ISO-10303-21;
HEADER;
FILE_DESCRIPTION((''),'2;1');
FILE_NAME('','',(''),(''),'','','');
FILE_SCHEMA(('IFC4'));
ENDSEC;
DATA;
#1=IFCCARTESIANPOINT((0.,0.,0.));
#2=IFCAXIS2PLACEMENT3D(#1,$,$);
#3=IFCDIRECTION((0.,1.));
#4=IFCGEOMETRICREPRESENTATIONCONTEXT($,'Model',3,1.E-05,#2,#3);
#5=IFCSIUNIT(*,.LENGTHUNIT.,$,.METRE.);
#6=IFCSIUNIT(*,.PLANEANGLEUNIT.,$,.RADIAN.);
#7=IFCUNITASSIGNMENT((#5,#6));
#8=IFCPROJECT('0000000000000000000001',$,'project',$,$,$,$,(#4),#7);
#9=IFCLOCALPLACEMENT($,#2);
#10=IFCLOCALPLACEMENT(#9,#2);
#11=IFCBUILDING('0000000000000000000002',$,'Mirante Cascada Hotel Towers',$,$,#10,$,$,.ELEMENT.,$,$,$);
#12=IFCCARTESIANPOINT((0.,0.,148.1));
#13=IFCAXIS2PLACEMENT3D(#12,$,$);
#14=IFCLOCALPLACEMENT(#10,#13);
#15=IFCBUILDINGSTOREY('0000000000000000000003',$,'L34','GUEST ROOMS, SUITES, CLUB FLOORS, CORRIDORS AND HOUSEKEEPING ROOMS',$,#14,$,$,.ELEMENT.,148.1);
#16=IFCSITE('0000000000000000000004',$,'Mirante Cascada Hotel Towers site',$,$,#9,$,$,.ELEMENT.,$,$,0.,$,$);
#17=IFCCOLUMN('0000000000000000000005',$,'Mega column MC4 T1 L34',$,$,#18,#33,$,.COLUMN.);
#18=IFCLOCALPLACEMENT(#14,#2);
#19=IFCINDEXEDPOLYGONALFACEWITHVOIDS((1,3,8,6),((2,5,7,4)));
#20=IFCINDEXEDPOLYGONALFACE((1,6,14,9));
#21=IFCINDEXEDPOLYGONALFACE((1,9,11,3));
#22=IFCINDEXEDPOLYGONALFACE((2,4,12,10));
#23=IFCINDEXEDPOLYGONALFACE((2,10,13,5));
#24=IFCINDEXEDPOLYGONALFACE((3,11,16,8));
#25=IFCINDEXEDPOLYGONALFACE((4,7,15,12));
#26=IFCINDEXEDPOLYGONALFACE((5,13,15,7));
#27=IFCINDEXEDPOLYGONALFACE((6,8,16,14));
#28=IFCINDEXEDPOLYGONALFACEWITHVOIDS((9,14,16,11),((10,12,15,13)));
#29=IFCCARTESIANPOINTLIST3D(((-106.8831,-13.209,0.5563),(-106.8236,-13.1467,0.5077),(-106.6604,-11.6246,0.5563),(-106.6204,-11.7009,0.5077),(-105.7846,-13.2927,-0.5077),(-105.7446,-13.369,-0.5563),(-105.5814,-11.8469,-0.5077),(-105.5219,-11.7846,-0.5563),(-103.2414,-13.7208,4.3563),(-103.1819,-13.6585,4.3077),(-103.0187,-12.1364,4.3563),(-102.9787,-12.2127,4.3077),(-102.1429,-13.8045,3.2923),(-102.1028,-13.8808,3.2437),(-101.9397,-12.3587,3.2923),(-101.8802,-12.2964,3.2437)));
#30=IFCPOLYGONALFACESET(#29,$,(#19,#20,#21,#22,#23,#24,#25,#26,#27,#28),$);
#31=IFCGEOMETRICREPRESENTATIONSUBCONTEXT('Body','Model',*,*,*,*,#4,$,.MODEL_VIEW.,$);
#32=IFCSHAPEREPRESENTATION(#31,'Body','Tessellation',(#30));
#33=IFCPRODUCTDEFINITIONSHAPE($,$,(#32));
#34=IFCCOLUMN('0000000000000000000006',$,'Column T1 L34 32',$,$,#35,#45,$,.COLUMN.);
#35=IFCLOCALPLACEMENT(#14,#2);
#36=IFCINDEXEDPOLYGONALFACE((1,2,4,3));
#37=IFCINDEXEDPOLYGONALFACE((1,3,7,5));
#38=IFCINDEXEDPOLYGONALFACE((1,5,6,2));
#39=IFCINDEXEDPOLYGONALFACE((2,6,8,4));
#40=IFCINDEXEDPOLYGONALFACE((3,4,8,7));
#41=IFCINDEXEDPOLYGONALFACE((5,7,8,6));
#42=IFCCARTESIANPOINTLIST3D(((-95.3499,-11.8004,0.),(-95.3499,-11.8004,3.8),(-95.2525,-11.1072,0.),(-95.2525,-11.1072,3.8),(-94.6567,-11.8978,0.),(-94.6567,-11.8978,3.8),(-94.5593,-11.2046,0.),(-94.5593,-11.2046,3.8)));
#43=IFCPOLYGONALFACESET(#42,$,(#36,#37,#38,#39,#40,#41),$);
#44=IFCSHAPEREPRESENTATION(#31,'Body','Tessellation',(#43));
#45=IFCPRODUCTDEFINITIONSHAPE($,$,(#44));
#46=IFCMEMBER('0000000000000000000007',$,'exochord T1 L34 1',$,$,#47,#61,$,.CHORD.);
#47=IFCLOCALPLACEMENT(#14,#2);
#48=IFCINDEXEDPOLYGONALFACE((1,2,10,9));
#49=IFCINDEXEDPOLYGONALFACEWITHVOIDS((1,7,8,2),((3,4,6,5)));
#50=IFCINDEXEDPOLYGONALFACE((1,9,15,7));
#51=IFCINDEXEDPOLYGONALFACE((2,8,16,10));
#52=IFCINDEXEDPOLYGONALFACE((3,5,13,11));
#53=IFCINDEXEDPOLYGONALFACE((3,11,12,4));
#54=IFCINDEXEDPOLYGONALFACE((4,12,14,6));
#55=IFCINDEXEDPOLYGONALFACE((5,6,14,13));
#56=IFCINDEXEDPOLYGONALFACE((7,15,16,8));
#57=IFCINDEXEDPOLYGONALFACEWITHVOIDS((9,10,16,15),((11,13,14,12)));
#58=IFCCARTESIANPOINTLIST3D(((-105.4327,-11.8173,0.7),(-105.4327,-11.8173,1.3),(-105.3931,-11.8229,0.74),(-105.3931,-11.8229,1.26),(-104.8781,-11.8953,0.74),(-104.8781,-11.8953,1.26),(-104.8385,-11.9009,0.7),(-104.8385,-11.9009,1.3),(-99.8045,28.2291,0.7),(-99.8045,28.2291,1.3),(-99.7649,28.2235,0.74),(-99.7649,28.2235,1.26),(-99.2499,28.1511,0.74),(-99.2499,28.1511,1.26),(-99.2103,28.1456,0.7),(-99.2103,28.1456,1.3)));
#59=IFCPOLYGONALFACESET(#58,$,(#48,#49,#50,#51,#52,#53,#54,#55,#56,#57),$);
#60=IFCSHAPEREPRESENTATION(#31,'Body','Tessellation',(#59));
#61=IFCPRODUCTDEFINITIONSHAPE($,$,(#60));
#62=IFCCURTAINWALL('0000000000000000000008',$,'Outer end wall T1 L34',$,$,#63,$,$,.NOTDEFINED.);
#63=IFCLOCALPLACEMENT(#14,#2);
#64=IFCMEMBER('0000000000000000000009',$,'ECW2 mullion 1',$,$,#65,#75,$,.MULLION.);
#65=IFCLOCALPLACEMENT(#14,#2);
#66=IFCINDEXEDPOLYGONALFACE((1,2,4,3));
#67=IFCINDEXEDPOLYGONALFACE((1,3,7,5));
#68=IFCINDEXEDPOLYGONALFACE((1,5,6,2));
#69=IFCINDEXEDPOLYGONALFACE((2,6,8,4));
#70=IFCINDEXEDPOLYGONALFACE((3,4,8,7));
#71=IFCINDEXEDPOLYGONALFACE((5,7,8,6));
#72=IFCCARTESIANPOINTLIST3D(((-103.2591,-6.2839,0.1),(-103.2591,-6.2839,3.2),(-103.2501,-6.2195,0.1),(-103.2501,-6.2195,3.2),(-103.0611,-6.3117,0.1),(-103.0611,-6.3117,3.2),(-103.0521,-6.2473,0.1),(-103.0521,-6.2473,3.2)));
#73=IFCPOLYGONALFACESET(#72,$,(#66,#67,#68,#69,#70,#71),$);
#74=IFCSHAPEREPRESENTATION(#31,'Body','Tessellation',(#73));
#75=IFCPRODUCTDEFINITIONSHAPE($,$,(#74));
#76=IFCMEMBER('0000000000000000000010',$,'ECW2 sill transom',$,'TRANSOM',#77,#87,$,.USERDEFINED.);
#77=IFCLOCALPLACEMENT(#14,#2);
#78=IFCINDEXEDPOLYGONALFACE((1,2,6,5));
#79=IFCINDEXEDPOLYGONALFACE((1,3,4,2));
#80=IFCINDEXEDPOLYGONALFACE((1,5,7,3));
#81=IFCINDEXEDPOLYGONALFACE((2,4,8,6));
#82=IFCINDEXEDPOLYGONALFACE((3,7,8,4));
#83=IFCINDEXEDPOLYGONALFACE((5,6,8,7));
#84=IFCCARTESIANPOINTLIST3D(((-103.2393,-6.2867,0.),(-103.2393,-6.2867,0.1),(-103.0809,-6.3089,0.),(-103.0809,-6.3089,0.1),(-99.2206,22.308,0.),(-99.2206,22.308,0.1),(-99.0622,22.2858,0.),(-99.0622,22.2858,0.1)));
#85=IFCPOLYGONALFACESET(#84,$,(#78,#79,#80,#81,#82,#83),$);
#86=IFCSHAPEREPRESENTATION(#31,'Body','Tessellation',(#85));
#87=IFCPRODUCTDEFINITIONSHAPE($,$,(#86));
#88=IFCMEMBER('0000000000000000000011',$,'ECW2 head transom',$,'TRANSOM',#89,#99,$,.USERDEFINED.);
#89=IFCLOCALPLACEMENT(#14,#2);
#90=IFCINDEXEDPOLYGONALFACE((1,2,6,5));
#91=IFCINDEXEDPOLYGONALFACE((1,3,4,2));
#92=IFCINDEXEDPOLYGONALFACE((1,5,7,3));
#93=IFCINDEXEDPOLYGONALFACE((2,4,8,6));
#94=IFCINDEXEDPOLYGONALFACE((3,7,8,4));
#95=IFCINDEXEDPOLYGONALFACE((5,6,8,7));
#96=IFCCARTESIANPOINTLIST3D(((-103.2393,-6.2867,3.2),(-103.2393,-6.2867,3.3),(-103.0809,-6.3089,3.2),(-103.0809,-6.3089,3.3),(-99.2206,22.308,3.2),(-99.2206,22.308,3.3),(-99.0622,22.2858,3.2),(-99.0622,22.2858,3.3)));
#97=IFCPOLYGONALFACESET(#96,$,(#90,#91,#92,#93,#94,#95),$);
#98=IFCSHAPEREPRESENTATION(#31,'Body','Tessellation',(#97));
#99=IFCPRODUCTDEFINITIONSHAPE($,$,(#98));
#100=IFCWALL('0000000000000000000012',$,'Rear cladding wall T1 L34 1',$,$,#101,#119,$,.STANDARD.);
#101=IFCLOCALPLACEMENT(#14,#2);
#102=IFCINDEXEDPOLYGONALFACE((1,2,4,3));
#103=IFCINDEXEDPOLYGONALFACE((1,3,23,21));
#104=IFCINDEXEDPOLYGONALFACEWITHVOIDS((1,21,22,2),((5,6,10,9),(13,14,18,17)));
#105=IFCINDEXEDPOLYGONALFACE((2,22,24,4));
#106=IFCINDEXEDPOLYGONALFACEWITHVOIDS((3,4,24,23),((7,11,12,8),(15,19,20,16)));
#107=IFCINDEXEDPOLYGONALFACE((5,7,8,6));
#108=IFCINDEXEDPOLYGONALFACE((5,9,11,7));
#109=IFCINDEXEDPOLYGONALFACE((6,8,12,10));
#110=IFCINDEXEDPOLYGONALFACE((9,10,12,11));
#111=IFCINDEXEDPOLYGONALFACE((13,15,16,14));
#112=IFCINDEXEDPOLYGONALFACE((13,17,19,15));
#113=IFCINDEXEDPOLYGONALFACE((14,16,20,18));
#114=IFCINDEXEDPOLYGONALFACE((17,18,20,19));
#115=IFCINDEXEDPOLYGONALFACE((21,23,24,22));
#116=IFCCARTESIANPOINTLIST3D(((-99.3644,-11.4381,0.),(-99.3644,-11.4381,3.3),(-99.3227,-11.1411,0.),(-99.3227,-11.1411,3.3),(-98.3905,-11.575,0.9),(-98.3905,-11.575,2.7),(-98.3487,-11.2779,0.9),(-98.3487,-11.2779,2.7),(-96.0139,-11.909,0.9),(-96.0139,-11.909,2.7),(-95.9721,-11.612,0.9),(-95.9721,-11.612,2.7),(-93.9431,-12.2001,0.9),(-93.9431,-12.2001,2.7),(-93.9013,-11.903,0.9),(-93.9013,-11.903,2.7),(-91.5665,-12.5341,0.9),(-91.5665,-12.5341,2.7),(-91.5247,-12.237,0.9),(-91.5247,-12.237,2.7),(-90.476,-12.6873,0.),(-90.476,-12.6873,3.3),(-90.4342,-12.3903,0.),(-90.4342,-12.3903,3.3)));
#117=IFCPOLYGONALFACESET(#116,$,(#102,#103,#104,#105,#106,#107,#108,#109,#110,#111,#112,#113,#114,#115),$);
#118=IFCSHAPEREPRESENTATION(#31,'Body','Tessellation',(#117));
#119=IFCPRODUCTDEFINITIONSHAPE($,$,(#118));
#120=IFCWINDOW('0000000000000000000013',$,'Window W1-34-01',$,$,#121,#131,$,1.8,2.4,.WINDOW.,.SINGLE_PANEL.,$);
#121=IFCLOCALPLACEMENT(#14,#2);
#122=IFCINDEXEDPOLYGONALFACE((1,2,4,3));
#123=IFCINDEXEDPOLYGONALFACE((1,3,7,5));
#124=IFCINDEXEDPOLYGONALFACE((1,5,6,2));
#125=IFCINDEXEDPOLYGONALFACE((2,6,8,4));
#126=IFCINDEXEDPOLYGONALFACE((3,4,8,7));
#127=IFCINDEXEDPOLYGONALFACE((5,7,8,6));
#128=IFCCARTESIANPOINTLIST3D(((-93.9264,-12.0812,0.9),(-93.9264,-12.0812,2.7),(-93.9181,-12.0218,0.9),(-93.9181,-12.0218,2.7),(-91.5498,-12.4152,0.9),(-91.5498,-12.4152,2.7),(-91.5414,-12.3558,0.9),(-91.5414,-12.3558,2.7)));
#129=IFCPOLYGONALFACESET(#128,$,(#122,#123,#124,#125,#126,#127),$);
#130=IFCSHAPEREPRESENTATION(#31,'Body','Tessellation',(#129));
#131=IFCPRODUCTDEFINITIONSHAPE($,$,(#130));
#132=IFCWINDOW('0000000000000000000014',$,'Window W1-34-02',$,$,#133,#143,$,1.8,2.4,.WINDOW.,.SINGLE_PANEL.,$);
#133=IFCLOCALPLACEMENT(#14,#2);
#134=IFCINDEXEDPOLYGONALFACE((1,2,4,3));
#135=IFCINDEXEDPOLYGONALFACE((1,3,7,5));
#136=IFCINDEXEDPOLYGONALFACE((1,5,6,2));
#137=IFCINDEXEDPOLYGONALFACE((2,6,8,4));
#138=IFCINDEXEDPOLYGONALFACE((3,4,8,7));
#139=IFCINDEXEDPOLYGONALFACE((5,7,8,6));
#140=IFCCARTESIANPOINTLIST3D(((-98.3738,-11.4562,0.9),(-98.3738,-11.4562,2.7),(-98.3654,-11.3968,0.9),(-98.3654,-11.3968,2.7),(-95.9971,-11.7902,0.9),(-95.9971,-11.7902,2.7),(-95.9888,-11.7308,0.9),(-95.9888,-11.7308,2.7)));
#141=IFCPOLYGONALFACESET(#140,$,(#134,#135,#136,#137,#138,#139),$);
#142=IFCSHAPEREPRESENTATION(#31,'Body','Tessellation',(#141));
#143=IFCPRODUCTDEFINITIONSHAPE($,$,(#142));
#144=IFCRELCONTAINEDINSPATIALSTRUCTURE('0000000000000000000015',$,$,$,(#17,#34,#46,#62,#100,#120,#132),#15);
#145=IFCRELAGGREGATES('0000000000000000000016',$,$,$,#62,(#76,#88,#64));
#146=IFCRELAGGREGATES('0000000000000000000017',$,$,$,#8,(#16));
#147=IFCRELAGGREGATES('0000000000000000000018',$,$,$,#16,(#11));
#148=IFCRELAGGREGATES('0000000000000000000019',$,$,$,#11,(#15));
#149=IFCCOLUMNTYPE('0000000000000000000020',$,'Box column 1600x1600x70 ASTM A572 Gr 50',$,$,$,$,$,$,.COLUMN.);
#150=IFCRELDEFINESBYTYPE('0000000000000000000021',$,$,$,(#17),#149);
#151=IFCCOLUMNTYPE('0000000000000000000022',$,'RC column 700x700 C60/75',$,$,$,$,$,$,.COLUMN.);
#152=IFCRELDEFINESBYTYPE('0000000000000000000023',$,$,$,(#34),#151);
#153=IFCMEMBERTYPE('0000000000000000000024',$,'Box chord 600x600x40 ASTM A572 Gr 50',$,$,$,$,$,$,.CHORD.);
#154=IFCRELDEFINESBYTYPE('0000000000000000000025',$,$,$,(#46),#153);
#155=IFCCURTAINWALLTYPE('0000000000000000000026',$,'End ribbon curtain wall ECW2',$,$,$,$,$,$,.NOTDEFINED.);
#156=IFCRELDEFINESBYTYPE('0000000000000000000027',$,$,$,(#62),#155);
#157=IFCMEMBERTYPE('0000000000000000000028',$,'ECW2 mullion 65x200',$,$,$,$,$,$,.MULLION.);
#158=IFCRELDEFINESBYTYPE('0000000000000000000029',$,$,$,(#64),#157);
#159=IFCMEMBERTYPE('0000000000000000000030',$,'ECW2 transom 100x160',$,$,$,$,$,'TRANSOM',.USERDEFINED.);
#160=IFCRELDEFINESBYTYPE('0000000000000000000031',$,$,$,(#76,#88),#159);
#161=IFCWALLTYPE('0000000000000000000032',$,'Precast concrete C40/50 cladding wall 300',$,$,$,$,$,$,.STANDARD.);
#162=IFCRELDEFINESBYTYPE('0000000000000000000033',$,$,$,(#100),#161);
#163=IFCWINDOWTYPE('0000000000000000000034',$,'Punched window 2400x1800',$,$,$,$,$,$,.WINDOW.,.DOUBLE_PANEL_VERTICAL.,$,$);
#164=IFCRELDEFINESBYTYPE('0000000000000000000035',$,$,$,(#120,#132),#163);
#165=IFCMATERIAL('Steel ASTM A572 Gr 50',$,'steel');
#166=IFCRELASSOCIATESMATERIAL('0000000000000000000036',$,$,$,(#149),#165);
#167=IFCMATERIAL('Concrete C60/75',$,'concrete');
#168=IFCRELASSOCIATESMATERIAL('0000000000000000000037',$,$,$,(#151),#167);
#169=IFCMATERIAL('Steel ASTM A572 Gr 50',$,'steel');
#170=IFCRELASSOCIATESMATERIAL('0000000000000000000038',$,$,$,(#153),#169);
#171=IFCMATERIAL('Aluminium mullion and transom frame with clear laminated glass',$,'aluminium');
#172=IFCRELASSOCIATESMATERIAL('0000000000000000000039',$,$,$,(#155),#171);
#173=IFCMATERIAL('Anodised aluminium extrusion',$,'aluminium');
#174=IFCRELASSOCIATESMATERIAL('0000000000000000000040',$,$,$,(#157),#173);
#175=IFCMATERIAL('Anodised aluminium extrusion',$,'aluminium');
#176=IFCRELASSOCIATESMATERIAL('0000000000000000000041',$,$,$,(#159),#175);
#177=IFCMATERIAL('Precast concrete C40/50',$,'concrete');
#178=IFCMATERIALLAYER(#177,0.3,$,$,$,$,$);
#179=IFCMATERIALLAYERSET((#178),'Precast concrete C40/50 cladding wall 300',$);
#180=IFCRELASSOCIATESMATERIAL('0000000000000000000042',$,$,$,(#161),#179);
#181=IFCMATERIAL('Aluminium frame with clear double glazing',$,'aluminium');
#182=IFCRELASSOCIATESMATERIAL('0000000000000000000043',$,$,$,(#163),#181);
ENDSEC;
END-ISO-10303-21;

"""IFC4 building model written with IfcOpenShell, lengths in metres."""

from ifc_helpers import new_model, si_unit, direction, frame, frame_2d, origin, origin_2d, place, context, subcontext, project, spatial, rectangle, hollow_rectangle, extrude, material, layer, layer_set, material_profile, profile_set, type_object, element, fill, aggregate, save


model = new_model("IFC4")

# Units and contexts
model_context = context("Model", 3, precision=1e-05, world=origin(), true_north=direction((0.0, 1.0)))
body_context = subcontext(model_context, "Body", "Model", "MODEL_VIEW")
ifc_project = project(units=[si_unit("LENGTHUNIT", "METRE"), si_unit("PLANEANGLEUNIT", "RADIAN")], contexts=[model_context])

# Site, building, storey
site_placement = place(None, origin())
site = spatial("IfcSite", under=ifc_project, at=site_placement, Name="Mirante Cascada Hotel Towers site", CompositionType="ELEMENT", RefElevation=0.0)
building_placement = place(site_placement, origin())
building = spatial("IfcBuilding", under=site, at=building_placement, Name="Mirante Cascada Hotel Towers", CompositionType="ELEMENT")
storey_placement = place(building_placement, frame((0.0, 0.0, 148.1)))
storey = spatial("IfcBuildingStorey", under=building, at=storey_placement, Name="L34", Description="GUEST ROOMS, SUITES, CLUB FLOORS, CORRIDORS AND HOUSEKEEPING ROOMS", CompositionType="ELEMENT", Elevation=148.1)

# Columns
ifc_material_1 = material(Name="Steel ASTM A572 Gr 50", Category="steel")
ifc_material_profile_1 = material_profile(ifc_material_1, hollow_rectangle(XDim=1.6, YDim=1.6, WallThickness=0.07, at=origin_2d()), Name="Box column 1600x1600x70 ASTM A572 Gr 50")
ifc_profile_set_1 = profile_set([ifc_material_profile_1], Name="Steel ASTM A572 Gr 50")
column_type_1 = type_object("IfcColumnType", Name="Box column 1600x1600x70 ASTM A572 Gr 50", PredefinedType="COLUMN", material=ifc_profile_set_1)
column_1_placement = place(storey_placement, frame((-106.2025, -12.4968, 0.0), z_axis=(0.688661, -0.096783, 0.718596), x_axis=(0.139171, 0.990268, 0.0)))
element("IfcColumn", 1, at=column_1_placement, inside=storey, type_object=column_type_1, Name="Mega column MC4 T1 L34", PredefinedType="COLUMN", context=body_context, shape_type="SweptSolid", body=[
    extrude(hollow_rectangle(XDim=1.6, YDim=1.6, WallThickness=0.07, at=origin_2d()), origin(), (0.0, 0.0, 1.0), 5.2881),
])
ifc_material_2 = material(Name="Concrete C60/75", Category="concrete")
ifc_material_profile_2 = material_profile(ifc_material_2, rectangle(XDim=0.7, YDim=0.7, at=origin_2d()), Name="RC column 700x700 C60/75")
ifc_profile_set_2 = profile_set([ifc_material_profile_2], Name="Concrete C60/75")
column_type_2 = type_object("IfcColumnType", Name="RC column 700x700 C60/75", PredefinedType="COLUMN", material=ifc_profile_set_2)
column_2_placement = place(storey_placement, frame((-94.9546, -11.5025, 0.0), z_axis=(0.0, 0.0, 1.0), x_axis=(-0.990268, 0.139173, 0.0)))
element("IfcColumn", 2, at=column_2_placement, inside=storey, type_object=column_type_2, Name="Column T1 L34 32", PredefinedType="COLUMN", context=body_context, shape_type="SweptSolid", body=[
    extrude(rectangle(XDim=0.7, YDim=0.7, at=origin_2d()), origin(), (0.0, 0.0, 1.0), 3.8),
])

# Member
ifc_material_3 = material(Name="Steel ASTM A572 Gr 50", Category="steel")
ifc_material_profile_3 = material_profile(ifc_material_3, hollow_rectangle(XDim=0.6, YDim=0.6, WallThickness=0.04, at=origin_2d()), Name="Box chord 600x600x40 ASTM A572 Gr 50")
ifc_profile_set_3 = profile_set([ifc_material_profile_3], Name="Steel ASTM A572 Gr 50")
member_type_1 = type_object("IfcMemberType", Name="Box chord 600x600x40 ASTM A572 Gr 50", PredefinedType="CHORD", material=ifc_profile_set_3)
member_1_placement = place(storey_placement, frame((-105.1356, -11.8591, 1.0), z_axis=(0.139174, 0.990268, 0.0), x_axis=(-0.990268, 0.139174, 0.0)))
element("IfcMember", 3, at=member_1_placement, inside=storey, type_object=member_type_1, Name="exochord T1 L34 1", PredefinedType="CHORD", context=body_context, shape_type="SweptSolid", body=[
    extrude(hollow_rectangle(XDim=0.6, YDim=0.6, WallThickness=0.04, at=origin_2d()), origin(), (0.0, 0.0, 1.0), 40.44),
])

# Curtain wall, members
ifc_material_4 = material(Name="Aluminium mullion and transom frame with clear laminated glass", Category="aluminium")
curtain_wall_type = type_object("IfcCurtainWallType", Name="End ribbon curtain wall ECW2", PredefinedType="NOTDEFINED", material=ifc_material_4)
curtain_wall_placement = place(storey_placement, origin())
curtain_wall = element("IfcCurtainWall", 4, at=curtain_wall_placement, inside=storey, type_object=curtain_wall_type, Name="Outer end wall T1 L34", PredefinedType="NOTDEFINED")
ifc_material_5 = material(Name="Anodised aluminium extrusion", Category="aluminium")
ifc_material_profile_4 = material_profile(ifc_material_5, rectangle(XDim=0.2, YDim=0.065, at=origin_2d()), Name="ECW2 MULLION 65x200")
ifc_profile_set_4 = profile_set([ifc_material_profile_4], Name="Anodised aluminium extrusion")
member_type_2 = type_object("IfcMemberType", Name="ECW2 mullion 65x200", PredefinedType="MULLION", material=ifc_profile_set_4)
member_2_placement = place(storey_placement, frame((-103.1556, -6.2656, 0.1), z_axis=(0.0, 0.0, 1.0), x_axis=(-0.990268, 0.139173, 0.0)))
member_2 = element("IfcMember", 5, at=member_2_placement, type_object=member_type_2, Name="ECW2 mullion 1", PredefinedType="MULLION", context=body_context, shape_type="SweptSolid", body=[
    extrude(rectangle(XDim=0.2, YDim=0.065, at=origin_2d()), origin(), (0.0, 0.0, 1.0), 3.1),
])
ifc_material_6 = material(Name="Anodised aluminium extrusion", Category="aluminium")
ifc_material_profile_5 = material_profile(ifc_material_6, rectangle(XDim=0.16, YDim=0.1, at=origin_2d()), Name="ECW2 TRANSOM 100x160")
ifc_profile_set_5 = profile_set([ifc_material_profile_5], Name="Anodised aluminium extrusion")
member_type_3 = type_object("IfcMemberType", Name="ECW2 transom 100x160", ElementType="TRANSOM", PredefinedType="USERDEFINED", material=ifc_profile_set_5)
member_3_placement = place(storey_placement, frame((-103.1601, -6.2978, 0.05), z_axis=(0.139172, 0.990268, 0.0), x_axis=(-0.990268, 0.139172, 0.0)))
member_3 = element("IfcMember", 6, at=member_3_placement, type_object=member_type_3, Name="ECW2 sill transom", ObjectType="TRANSOM", PredefinedType="USERDEFINED", context=body_context, shape_type="SweptSolid", body=[
    extrude(rectangle(XDim=0.16, YDim=0.1, at=origin_2d()), origin(), (0.0, 0.0, 1.0), 28.8757),
])
member_4_placement = place(storey_placement, frame((-103.1601, -6.2978, 3.25), z_axis=(0.139172, 0.990268, 0.0), x_axis=(-0.990268, 0.139172, 0.0)))
member_4 = element("IfcMember", 7, at=member_4_placement, type_object=member_type_3, Name="ECW2 head transom", ObjectType="TRANSOM", PredefinedType="USERDEFINED", context=body_context, shape_type="SweptSolid", body=[
    extrude(rectangle(XDim=0.16, YDim=0.1, at=origin_2d()), origin(), (0.0, 0.0, 1.0), 28.8757),
])
aggregate(curtain_wall, [member_3, member_4, member_2])

# Wall, openings, windows
ifc_material_7 = material(Name="Precast concrete C40/50", Category="concrete")
ifc_layer_1 = layer(ifc_material_7, 0.3)
ifc_layer_set_1 = layer_set([ifc_layer_1], Name="Precast concrete C40/50 cladding wall 300")
wall_type_1 = type_object("IfcWallType", Name="Precast concrete C40/50 cladding wall 300", PredefinedType="STANDARD", material=ifc_layer_set_1)
wall_1_placement = place(storey_placement, frame((-90.4551, -12.5388, 0.0), z_axis=(0.0, 0.0, 1.0), x_axis=(-0.990268, 0.139175, 0.0)))
wall_1 = element("IfcWall", 8, at=wall_1_placement, inside=storey, type_object=wall_type_1, Name="Rear cladding wall T1 L34 1", PredefinedType="STANDARD", context=body_context, shape_type="SweptSolid", body=[
    extrude(rectangle(XDim=8.9758, YDim=0.3, at=frame_2d((4.4879, 0.0))), origin(), (0.0, 0.0, 1.0), 3.3),
])
opening_1_placement = place(wall_1_placement, frame((1.1012, 0.0, 0.9)))
opening_1 = element("IfcOpeningElement", 9, at=opening_1_placement, cuts=wall_1, PredefinedType="OPENING", context=body_context, shape_type="SweptSolid", body=[
    extrude(rectangle(XDim=2.4, YDim=1.8, at=frame_2d((1.2, 0.9))), frame((0.0, 0.15, 0.0), z_axis=(0.0, -1.0, 0.0), x_axis=(1.0, 0.0, 0.0)), (0.0, 0.0, 1.0), 0.3),
])
opening_2_placement = place(wall_1_placement, frame((5.5923, 0.0, 0.9)))
opening_2 = element("IfcOpeningElement", 10, at=opening_2_placement, cuts=wall_1, PredefinedType="OPENING", context=body_context, shape_type="SweptSolid", body=[
    extrude(rectangle(XDim=2.4, YDim=1.8, at=frame_2d((1.2, 0.9))), frame((0.0, 0.15, 0.0), z_axis=(0.0, -1.0, 0.0), x_axis=(1.0, 0.0, 0.0)), (0.0, 0.0, 1.0), 0.3),
])
ifc_material_8 = material(Name="Aluminium frame with clear double glazing", Category="aluminium")
window_type_1 = type_object("IfcWindowType", Name="Punched window 2400x1800", PartitioningType="DOUBLE_PANEL_VERTICAL", PredefinedType="WINDOW", material=ifc_material_8)
window_1_placement = place(opening_1_placement, origin())
window_1 = element("IfcWindow", 11, at=window_1_placement, inside=storey, type_object=window_type_1, Name="Window W1-34-01", OverallHeight=1.8, OverallWidth=2.4, PartitioningType="SINGLE_PANEL", PredefinedType="WINDOW", context=body_context, shape_type="SweptSolid", body=[
    extrude(rectangle(XDim=2.4, YDim=1.8, at=frame_2d((1.2, 0.9))), frame((0.0, 0.03, 0.0), z_axis=(0.0, -1.0, 0.0), x_axis=(1.0, 0.0, 0.0)), (0.0, 0.0, 1.0), 0.06),
])
fill(opening_1, window_1)
window_2_placement = place(opening_2_placement, origin())
window_2 = element("IfcWindow", 12, at=window_2_placement, inside=storey, type_object=window_type_1, Name="Window W1-34-02", OverallHeight=1.8, OverallWidth=2.4, PartitioningType="SINGLE_PANEL", PredefinedType="WINDOW", context=body_context, shape_type="SweptSolid", body=[
    extrude(rectangle(XDim=2.4, YDim=1.8, at=frame_2d((1.2, 0.9))), frame((0.0, 0.03, 0.0), z_axis=(0.0, -1.0, 0.0), x_axis=(1.0, 0.0, 0.0)), (0.0, 0.0, 1.0), 0.06),
])
fill(opening_2, window_2)

save(model, "model.ifc")
